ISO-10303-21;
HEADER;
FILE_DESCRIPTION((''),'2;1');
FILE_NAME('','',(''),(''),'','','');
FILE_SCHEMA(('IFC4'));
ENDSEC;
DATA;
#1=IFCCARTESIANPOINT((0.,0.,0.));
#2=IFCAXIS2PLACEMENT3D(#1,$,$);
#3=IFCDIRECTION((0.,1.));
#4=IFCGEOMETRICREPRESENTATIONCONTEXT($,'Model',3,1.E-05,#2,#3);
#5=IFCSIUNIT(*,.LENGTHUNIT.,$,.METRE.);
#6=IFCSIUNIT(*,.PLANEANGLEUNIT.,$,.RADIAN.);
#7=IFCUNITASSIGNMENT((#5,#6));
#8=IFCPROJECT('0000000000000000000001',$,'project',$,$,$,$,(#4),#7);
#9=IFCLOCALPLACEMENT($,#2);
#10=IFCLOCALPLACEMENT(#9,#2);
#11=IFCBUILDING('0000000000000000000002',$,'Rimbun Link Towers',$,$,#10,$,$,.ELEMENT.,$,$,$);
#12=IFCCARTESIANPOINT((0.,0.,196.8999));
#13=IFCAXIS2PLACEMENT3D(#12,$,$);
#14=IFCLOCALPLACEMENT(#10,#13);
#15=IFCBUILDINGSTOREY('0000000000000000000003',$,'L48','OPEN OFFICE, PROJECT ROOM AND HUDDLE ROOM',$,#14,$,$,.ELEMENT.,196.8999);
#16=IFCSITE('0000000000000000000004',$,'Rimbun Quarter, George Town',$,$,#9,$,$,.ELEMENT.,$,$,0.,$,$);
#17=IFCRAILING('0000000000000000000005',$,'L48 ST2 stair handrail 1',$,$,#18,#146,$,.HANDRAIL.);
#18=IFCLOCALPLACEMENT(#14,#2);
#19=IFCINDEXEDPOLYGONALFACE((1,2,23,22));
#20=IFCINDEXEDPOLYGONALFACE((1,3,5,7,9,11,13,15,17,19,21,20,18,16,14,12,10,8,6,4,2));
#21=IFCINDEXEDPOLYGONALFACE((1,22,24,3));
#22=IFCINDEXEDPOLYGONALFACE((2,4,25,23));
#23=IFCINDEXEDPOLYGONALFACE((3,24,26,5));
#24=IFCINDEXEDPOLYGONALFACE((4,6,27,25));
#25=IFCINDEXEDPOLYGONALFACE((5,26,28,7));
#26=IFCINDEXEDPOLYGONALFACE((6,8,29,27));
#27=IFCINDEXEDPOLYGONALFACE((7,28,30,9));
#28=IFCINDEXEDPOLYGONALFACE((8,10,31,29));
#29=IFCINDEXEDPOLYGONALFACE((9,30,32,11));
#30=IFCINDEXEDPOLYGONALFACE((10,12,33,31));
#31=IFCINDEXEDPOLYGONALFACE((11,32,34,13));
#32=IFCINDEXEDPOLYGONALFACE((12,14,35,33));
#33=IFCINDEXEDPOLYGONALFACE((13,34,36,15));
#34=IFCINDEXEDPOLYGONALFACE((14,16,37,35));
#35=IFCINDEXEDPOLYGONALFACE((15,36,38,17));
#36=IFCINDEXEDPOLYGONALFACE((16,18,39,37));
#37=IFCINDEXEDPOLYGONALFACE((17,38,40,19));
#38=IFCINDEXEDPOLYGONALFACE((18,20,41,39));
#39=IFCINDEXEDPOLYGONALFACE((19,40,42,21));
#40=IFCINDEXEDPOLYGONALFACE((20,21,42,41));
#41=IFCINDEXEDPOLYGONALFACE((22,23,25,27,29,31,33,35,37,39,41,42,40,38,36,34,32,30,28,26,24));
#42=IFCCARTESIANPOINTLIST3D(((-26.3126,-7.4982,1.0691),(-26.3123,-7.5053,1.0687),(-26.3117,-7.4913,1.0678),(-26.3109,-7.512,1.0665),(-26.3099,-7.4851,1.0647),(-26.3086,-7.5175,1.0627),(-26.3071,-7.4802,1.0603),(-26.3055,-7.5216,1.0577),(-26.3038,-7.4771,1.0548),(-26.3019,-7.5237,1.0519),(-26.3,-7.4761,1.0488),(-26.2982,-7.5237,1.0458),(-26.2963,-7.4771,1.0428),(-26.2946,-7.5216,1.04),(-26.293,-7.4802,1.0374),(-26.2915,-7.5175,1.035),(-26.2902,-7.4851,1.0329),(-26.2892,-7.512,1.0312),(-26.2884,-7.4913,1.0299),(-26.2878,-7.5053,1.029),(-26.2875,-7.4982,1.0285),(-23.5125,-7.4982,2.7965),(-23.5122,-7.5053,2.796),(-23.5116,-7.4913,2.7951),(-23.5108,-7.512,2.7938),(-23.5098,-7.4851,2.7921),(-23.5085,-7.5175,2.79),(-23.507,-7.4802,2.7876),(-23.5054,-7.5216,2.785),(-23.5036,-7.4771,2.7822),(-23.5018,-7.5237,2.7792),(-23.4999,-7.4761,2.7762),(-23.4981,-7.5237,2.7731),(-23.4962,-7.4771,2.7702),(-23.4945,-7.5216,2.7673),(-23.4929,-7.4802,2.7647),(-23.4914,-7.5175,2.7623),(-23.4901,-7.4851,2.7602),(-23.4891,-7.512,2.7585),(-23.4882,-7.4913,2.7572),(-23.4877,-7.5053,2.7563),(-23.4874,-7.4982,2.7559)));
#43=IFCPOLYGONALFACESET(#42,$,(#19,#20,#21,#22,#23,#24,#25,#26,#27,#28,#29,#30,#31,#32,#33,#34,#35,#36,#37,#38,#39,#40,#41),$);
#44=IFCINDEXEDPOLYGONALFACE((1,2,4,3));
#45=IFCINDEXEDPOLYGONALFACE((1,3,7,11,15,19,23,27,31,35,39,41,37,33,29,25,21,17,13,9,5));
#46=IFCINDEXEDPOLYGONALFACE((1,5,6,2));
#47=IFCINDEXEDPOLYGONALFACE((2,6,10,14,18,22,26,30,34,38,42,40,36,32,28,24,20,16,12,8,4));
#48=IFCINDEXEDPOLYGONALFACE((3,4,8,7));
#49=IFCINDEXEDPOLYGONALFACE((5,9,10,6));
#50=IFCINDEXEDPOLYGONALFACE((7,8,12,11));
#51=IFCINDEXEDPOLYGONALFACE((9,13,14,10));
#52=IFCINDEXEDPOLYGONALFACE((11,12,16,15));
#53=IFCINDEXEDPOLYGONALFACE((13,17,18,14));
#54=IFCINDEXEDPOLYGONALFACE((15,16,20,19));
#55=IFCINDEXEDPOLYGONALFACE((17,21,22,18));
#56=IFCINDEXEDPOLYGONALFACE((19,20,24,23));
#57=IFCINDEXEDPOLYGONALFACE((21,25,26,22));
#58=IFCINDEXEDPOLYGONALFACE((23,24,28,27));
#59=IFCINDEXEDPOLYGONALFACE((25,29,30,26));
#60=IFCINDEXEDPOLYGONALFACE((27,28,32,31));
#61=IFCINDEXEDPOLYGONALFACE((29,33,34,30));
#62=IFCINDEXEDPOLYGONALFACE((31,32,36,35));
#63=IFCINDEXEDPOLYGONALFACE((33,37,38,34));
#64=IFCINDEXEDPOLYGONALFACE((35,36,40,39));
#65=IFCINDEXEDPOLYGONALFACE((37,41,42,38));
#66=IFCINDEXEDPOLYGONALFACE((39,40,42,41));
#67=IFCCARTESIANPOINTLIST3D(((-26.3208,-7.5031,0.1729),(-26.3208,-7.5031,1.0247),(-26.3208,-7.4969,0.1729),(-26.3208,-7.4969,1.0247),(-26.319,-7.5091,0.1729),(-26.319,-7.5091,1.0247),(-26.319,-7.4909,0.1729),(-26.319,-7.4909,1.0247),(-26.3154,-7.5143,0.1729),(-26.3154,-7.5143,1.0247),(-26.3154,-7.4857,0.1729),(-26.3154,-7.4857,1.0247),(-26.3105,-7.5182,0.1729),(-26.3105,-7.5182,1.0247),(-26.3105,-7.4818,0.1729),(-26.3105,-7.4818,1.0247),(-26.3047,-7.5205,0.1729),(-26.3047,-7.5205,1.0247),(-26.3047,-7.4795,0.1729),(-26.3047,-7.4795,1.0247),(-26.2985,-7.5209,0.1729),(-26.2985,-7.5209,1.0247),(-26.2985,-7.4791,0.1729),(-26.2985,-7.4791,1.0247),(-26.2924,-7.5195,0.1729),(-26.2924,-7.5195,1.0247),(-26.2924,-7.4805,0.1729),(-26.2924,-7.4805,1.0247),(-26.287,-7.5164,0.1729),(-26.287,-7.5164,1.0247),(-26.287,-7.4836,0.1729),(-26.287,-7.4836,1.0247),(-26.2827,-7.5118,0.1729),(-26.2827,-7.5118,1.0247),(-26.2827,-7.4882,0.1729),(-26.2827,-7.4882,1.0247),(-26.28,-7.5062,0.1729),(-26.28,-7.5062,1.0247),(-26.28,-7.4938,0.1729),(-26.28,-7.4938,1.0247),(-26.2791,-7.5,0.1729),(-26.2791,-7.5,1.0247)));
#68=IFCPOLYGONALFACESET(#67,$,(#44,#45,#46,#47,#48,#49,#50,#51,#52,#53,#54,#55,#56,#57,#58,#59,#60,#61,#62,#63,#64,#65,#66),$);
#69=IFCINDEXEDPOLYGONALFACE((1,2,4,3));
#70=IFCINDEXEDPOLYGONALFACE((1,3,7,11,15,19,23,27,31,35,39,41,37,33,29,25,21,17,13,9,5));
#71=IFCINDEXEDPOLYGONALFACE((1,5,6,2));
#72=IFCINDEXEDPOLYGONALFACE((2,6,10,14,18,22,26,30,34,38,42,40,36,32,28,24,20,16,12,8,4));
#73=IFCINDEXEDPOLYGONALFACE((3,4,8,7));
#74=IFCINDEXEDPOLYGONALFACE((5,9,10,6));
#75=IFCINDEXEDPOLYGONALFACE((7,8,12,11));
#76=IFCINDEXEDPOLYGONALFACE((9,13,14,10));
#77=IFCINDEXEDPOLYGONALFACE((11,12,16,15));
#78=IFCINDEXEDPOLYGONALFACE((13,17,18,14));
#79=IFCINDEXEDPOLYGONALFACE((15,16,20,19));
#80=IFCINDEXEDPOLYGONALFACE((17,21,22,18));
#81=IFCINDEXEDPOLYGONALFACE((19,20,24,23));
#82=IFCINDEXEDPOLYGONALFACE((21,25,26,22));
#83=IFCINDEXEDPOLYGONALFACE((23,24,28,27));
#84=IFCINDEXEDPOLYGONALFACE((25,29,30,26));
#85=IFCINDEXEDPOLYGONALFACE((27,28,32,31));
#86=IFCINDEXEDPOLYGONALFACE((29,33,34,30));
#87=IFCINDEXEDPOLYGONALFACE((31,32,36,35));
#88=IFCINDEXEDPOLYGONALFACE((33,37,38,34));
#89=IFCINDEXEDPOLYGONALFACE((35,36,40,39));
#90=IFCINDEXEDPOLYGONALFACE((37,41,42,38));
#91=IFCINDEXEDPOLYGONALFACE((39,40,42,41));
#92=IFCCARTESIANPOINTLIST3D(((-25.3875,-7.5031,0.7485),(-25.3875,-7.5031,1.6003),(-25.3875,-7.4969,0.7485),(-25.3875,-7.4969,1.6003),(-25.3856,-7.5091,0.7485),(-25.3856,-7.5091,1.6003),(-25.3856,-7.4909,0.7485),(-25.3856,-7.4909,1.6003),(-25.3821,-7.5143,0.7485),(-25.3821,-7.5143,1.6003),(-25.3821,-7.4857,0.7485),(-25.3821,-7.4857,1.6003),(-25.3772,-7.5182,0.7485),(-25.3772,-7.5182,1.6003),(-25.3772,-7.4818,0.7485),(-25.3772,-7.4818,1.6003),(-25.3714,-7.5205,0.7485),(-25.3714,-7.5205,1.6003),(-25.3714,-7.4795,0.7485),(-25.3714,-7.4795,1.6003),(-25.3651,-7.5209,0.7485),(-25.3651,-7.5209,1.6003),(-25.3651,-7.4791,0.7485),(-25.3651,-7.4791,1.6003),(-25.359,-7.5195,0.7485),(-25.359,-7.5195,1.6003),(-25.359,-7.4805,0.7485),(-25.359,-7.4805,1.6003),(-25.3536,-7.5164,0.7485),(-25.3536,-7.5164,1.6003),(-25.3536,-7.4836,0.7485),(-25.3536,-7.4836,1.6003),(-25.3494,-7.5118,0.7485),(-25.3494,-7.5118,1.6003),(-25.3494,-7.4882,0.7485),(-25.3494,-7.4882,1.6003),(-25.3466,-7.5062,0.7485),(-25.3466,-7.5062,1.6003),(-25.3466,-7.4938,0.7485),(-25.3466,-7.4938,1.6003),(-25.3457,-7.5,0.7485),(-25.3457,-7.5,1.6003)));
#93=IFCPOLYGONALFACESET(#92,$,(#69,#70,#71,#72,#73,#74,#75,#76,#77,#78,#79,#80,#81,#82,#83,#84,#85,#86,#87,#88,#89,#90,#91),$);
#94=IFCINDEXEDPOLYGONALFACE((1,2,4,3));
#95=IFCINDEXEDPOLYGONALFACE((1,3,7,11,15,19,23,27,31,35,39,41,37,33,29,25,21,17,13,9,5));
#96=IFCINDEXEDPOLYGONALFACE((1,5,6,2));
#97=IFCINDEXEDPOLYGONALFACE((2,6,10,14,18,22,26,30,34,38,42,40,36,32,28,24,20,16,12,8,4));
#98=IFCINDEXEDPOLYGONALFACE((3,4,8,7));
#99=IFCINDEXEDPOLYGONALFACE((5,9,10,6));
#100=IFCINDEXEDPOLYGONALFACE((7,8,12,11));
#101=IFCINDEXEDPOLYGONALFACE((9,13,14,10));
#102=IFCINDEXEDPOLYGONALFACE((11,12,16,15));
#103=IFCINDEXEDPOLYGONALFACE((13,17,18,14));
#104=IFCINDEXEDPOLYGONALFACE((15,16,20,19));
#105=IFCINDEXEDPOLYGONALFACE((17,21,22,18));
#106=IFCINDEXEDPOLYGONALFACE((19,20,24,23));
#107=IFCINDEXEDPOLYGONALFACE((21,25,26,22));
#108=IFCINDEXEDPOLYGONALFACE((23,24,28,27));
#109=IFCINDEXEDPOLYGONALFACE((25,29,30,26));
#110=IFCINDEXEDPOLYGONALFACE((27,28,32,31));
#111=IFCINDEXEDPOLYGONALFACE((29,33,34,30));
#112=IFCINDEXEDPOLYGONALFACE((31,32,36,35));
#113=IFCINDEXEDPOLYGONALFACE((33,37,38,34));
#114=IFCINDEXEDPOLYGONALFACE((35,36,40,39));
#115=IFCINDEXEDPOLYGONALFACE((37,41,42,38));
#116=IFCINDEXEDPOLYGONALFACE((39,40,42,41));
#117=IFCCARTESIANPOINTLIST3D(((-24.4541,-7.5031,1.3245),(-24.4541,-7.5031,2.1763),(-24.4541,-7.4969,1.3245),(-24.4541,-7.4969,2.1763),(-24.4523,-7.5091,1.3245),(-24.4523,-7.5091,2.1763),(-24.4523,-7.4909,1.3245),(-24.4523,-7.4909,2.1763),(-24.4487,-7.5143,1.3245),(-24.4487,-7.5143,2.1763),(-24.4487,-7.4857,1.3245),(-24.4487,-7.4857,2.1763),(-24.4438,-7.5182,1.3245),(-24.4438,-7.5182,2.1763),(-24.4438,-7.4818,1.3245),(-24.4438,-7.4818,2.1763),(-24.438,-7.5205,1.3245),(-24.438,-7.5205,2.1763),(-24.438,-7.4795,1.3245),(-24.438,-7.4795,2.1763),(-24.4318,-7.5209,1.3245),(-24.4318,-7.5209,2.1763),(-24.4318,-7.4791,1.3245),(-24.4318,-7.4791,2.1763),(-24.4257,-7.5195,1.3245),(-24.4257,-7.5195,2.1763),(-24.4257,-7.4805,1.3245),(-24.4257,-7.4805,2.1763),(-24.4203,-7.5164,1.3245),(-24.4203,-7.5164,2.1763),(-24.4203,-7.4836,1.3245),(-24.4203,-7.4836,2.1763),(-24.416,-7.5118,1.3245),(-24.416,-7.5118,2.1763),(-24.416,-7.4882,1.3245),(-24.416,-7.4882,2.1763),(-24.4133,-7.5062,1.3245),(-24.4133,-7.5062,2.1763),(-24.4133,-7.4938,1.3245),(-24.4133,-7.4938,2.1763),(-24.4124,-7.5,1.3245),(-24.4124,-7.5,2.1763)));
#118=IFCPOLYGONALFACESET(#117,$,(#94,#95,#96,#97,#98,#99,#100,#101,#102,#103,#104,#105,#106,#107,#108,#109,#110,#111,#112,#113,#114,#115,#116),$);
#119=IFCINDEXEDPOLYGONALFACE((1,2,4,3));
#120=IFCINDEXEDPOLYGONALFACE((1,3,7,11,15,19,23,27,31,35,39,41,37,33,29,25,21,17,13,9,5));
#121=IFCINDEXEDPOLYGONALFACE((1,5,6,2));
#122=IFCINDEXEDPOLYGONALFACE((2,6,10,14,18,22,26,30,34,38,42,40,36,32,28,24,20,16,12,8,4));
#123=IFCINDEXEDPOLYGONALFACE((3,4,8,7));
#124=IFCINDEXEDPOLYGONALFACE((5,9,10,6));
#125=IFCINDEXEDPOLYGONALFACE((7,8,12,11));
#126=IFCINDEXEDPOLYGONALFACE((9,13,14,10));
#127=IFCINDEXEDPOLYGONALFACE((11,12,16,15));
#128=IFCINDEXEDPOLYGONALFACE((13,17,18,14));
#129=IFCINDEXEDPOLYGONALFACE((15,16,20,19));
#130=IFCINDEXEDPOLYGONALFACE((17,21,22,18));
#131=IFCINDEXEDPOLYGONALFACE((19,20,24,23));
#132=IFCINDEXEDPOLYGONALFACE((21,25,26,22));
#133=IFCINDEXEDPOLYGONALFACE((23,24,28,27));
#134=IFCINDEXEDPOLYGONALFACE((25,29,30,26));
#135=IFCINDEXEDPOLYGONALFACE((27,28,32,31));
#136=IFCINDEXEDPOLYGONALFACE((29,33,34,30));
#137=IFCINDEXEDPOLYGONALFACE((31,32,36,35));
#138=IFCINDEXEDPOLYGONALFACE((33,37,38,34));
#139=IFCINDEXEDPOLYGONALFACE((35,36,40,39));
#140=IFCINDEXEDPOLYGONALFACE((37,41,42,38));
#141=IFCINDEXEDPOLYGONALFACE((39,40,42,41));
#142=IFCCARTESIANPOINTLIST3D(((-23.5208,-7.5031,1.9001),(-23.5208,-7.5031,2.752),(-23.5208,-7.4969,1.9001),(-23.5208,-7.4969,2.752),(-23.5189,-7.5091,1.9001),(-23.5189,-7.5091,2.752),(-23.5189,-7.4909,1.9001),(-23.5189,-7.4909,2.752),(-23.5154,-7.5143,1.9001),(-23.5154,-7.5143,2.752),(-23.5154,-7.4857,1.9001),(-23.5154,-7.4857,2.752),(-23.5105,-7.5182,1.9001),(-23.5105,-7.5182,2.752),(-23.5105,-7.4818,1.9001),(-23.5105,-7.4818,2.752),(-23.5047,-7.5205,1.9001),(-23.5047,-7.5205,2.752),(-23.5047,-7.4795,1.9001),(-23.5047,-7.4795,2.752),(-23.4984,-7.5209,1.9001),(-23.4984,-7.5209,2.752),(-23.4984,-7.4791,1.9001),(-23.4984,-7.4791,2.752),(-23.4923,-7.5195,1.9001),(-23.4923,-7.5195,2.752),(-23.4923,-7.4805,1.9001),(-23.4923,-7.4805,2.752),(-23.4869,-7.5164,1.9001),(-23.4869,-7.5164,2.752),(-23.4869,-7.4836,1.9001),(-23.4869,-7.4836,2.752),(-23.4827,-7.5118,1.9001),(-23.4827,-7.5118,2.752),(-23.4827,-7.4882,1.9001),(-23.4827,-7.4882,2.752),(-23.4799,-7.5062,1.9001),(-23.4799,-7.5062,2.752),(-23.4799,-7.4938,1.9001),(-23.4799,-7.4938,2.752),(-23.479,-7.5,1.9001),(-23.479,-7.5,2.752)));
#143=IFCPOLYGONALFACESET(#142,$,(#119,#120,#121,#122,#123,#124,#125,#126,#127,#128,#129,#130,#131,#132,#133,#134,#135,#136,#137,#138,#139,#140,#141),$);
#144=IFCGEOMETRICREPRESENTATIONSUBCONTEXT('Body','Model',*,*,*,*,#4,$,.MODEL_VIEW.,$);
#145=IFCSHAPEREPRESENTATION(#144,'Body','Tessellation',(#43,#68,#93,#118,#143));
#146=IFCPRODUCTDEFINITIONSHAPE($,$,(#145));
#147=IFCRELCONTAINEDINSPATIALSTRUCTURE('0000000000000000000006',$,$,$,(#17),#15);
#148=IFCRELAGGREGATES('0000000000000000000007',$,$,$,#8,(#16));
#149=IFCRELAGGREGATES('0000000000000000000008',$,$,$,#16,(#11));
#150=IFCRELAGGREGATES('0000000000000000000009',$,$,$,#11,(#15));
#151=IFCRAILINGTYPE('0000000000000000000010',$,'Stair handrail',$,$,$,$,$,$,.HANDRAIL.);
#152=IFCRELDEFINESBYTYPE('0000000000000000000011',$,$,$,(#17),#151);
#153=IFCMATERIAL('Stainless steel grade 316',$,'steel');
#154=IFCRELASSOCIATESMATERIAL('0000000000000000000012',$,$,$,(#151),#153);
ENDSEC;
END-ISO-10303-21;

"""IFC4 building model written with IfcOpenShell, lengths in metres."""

from ifc_helpers import new_model, si_unit, direction, frame, origin, origin_2d, place, context, subcontext, project, spatial, circle, extrude, material, type_object, element, save


model = new_model("IFC4")

# Units and contexts
model_context = context("Model", 3, precision=1e-05, world=origin(), true_north=direction((0.0, 1.0)))
body_context = subcontext(model_context, "Body", "Model", "MODEL_VIEW")
ifc_project = project(units=[si_unit("LENGTHUNIT", "METRE"), si_unit("PLANEANGLEUNIT", "RADIAN")], contexts=[model_context])

# Site, building, storey
site_placement = place(None, origin())
site = spatial("IfcSite", under=ifc_project, at=site_placement, Name="Rimbun Quarter, George Town", CompositionType="ELEMENT", RefElevation=0.0)
building_placement = place(site_placement, origin())
building = spatial("IfcBuilding", under=site, at=building_placement, Name="Rimbun Link Towers", CompositionType="ELEMENT")
storey_placement = place(building_placement, frame((0.0, 0.0, 196.8999)))
storey = spatial("IfcBuildingStorey", under=building, at=storey_placement, Name="L48", Description="OPEN OFFICE, PROJECT ROOM AND HUDDLE ROOM", CompositionType="ELEMENT", Elevation=196.8999)

# Railing
ifc_material_1 = material(Name="Stainless steel grade 316", Category="steel")
railing_type_1 = type_object("IfcRailingType", Name="Stair handrail", PredefinedType="HANDRAIL", material=ifc_material_1)
railing_1_placement = place(storey_placement, frame((-26.3, -7.5, 0.1729)))
element("IfcRailing", 1, at=railing_1_placement, inside=storey, type_object=railing_type_1, Name="L48 ST2 stair handrail 1", PredefinedType="HANDRAIL", context=body_context, shape_type="SweptSolid", body=[
    extrude(circle(Radius=0.0239, at=origin_2d()), frame((0.0, 0.0, 0.876), z_axis=(0.85109, 0.0, 0.52502), x_axis=(0.0, 1.0, 0.0)), (0.0, 0.0, 1.0), 3.29),
    extrude(circle(Radius=0.021, at=origin_2d()), origin(), (0.0, 0.0, 1.0), 0.8518),
    extrude(circle(Radius=0.021, at=origin_2d()), frame((0.9333, 0.0, 0.5757)), (0.0, 0.0, 1.0), 0.8518),
    extrude(circle(Radius=0.021, at=origin_2d()), frame((1.8667, 0.0, 1.1516)), (0.0, 0.0, 1.0), 0.8518),
    extrude(circle(Radius=0.021, at=origin_2d()), frame((2.8, 0.0, 1.7273)), (0.0, 0.0, 1.0), 0.8518),
])

save(model, "model.ifc")
